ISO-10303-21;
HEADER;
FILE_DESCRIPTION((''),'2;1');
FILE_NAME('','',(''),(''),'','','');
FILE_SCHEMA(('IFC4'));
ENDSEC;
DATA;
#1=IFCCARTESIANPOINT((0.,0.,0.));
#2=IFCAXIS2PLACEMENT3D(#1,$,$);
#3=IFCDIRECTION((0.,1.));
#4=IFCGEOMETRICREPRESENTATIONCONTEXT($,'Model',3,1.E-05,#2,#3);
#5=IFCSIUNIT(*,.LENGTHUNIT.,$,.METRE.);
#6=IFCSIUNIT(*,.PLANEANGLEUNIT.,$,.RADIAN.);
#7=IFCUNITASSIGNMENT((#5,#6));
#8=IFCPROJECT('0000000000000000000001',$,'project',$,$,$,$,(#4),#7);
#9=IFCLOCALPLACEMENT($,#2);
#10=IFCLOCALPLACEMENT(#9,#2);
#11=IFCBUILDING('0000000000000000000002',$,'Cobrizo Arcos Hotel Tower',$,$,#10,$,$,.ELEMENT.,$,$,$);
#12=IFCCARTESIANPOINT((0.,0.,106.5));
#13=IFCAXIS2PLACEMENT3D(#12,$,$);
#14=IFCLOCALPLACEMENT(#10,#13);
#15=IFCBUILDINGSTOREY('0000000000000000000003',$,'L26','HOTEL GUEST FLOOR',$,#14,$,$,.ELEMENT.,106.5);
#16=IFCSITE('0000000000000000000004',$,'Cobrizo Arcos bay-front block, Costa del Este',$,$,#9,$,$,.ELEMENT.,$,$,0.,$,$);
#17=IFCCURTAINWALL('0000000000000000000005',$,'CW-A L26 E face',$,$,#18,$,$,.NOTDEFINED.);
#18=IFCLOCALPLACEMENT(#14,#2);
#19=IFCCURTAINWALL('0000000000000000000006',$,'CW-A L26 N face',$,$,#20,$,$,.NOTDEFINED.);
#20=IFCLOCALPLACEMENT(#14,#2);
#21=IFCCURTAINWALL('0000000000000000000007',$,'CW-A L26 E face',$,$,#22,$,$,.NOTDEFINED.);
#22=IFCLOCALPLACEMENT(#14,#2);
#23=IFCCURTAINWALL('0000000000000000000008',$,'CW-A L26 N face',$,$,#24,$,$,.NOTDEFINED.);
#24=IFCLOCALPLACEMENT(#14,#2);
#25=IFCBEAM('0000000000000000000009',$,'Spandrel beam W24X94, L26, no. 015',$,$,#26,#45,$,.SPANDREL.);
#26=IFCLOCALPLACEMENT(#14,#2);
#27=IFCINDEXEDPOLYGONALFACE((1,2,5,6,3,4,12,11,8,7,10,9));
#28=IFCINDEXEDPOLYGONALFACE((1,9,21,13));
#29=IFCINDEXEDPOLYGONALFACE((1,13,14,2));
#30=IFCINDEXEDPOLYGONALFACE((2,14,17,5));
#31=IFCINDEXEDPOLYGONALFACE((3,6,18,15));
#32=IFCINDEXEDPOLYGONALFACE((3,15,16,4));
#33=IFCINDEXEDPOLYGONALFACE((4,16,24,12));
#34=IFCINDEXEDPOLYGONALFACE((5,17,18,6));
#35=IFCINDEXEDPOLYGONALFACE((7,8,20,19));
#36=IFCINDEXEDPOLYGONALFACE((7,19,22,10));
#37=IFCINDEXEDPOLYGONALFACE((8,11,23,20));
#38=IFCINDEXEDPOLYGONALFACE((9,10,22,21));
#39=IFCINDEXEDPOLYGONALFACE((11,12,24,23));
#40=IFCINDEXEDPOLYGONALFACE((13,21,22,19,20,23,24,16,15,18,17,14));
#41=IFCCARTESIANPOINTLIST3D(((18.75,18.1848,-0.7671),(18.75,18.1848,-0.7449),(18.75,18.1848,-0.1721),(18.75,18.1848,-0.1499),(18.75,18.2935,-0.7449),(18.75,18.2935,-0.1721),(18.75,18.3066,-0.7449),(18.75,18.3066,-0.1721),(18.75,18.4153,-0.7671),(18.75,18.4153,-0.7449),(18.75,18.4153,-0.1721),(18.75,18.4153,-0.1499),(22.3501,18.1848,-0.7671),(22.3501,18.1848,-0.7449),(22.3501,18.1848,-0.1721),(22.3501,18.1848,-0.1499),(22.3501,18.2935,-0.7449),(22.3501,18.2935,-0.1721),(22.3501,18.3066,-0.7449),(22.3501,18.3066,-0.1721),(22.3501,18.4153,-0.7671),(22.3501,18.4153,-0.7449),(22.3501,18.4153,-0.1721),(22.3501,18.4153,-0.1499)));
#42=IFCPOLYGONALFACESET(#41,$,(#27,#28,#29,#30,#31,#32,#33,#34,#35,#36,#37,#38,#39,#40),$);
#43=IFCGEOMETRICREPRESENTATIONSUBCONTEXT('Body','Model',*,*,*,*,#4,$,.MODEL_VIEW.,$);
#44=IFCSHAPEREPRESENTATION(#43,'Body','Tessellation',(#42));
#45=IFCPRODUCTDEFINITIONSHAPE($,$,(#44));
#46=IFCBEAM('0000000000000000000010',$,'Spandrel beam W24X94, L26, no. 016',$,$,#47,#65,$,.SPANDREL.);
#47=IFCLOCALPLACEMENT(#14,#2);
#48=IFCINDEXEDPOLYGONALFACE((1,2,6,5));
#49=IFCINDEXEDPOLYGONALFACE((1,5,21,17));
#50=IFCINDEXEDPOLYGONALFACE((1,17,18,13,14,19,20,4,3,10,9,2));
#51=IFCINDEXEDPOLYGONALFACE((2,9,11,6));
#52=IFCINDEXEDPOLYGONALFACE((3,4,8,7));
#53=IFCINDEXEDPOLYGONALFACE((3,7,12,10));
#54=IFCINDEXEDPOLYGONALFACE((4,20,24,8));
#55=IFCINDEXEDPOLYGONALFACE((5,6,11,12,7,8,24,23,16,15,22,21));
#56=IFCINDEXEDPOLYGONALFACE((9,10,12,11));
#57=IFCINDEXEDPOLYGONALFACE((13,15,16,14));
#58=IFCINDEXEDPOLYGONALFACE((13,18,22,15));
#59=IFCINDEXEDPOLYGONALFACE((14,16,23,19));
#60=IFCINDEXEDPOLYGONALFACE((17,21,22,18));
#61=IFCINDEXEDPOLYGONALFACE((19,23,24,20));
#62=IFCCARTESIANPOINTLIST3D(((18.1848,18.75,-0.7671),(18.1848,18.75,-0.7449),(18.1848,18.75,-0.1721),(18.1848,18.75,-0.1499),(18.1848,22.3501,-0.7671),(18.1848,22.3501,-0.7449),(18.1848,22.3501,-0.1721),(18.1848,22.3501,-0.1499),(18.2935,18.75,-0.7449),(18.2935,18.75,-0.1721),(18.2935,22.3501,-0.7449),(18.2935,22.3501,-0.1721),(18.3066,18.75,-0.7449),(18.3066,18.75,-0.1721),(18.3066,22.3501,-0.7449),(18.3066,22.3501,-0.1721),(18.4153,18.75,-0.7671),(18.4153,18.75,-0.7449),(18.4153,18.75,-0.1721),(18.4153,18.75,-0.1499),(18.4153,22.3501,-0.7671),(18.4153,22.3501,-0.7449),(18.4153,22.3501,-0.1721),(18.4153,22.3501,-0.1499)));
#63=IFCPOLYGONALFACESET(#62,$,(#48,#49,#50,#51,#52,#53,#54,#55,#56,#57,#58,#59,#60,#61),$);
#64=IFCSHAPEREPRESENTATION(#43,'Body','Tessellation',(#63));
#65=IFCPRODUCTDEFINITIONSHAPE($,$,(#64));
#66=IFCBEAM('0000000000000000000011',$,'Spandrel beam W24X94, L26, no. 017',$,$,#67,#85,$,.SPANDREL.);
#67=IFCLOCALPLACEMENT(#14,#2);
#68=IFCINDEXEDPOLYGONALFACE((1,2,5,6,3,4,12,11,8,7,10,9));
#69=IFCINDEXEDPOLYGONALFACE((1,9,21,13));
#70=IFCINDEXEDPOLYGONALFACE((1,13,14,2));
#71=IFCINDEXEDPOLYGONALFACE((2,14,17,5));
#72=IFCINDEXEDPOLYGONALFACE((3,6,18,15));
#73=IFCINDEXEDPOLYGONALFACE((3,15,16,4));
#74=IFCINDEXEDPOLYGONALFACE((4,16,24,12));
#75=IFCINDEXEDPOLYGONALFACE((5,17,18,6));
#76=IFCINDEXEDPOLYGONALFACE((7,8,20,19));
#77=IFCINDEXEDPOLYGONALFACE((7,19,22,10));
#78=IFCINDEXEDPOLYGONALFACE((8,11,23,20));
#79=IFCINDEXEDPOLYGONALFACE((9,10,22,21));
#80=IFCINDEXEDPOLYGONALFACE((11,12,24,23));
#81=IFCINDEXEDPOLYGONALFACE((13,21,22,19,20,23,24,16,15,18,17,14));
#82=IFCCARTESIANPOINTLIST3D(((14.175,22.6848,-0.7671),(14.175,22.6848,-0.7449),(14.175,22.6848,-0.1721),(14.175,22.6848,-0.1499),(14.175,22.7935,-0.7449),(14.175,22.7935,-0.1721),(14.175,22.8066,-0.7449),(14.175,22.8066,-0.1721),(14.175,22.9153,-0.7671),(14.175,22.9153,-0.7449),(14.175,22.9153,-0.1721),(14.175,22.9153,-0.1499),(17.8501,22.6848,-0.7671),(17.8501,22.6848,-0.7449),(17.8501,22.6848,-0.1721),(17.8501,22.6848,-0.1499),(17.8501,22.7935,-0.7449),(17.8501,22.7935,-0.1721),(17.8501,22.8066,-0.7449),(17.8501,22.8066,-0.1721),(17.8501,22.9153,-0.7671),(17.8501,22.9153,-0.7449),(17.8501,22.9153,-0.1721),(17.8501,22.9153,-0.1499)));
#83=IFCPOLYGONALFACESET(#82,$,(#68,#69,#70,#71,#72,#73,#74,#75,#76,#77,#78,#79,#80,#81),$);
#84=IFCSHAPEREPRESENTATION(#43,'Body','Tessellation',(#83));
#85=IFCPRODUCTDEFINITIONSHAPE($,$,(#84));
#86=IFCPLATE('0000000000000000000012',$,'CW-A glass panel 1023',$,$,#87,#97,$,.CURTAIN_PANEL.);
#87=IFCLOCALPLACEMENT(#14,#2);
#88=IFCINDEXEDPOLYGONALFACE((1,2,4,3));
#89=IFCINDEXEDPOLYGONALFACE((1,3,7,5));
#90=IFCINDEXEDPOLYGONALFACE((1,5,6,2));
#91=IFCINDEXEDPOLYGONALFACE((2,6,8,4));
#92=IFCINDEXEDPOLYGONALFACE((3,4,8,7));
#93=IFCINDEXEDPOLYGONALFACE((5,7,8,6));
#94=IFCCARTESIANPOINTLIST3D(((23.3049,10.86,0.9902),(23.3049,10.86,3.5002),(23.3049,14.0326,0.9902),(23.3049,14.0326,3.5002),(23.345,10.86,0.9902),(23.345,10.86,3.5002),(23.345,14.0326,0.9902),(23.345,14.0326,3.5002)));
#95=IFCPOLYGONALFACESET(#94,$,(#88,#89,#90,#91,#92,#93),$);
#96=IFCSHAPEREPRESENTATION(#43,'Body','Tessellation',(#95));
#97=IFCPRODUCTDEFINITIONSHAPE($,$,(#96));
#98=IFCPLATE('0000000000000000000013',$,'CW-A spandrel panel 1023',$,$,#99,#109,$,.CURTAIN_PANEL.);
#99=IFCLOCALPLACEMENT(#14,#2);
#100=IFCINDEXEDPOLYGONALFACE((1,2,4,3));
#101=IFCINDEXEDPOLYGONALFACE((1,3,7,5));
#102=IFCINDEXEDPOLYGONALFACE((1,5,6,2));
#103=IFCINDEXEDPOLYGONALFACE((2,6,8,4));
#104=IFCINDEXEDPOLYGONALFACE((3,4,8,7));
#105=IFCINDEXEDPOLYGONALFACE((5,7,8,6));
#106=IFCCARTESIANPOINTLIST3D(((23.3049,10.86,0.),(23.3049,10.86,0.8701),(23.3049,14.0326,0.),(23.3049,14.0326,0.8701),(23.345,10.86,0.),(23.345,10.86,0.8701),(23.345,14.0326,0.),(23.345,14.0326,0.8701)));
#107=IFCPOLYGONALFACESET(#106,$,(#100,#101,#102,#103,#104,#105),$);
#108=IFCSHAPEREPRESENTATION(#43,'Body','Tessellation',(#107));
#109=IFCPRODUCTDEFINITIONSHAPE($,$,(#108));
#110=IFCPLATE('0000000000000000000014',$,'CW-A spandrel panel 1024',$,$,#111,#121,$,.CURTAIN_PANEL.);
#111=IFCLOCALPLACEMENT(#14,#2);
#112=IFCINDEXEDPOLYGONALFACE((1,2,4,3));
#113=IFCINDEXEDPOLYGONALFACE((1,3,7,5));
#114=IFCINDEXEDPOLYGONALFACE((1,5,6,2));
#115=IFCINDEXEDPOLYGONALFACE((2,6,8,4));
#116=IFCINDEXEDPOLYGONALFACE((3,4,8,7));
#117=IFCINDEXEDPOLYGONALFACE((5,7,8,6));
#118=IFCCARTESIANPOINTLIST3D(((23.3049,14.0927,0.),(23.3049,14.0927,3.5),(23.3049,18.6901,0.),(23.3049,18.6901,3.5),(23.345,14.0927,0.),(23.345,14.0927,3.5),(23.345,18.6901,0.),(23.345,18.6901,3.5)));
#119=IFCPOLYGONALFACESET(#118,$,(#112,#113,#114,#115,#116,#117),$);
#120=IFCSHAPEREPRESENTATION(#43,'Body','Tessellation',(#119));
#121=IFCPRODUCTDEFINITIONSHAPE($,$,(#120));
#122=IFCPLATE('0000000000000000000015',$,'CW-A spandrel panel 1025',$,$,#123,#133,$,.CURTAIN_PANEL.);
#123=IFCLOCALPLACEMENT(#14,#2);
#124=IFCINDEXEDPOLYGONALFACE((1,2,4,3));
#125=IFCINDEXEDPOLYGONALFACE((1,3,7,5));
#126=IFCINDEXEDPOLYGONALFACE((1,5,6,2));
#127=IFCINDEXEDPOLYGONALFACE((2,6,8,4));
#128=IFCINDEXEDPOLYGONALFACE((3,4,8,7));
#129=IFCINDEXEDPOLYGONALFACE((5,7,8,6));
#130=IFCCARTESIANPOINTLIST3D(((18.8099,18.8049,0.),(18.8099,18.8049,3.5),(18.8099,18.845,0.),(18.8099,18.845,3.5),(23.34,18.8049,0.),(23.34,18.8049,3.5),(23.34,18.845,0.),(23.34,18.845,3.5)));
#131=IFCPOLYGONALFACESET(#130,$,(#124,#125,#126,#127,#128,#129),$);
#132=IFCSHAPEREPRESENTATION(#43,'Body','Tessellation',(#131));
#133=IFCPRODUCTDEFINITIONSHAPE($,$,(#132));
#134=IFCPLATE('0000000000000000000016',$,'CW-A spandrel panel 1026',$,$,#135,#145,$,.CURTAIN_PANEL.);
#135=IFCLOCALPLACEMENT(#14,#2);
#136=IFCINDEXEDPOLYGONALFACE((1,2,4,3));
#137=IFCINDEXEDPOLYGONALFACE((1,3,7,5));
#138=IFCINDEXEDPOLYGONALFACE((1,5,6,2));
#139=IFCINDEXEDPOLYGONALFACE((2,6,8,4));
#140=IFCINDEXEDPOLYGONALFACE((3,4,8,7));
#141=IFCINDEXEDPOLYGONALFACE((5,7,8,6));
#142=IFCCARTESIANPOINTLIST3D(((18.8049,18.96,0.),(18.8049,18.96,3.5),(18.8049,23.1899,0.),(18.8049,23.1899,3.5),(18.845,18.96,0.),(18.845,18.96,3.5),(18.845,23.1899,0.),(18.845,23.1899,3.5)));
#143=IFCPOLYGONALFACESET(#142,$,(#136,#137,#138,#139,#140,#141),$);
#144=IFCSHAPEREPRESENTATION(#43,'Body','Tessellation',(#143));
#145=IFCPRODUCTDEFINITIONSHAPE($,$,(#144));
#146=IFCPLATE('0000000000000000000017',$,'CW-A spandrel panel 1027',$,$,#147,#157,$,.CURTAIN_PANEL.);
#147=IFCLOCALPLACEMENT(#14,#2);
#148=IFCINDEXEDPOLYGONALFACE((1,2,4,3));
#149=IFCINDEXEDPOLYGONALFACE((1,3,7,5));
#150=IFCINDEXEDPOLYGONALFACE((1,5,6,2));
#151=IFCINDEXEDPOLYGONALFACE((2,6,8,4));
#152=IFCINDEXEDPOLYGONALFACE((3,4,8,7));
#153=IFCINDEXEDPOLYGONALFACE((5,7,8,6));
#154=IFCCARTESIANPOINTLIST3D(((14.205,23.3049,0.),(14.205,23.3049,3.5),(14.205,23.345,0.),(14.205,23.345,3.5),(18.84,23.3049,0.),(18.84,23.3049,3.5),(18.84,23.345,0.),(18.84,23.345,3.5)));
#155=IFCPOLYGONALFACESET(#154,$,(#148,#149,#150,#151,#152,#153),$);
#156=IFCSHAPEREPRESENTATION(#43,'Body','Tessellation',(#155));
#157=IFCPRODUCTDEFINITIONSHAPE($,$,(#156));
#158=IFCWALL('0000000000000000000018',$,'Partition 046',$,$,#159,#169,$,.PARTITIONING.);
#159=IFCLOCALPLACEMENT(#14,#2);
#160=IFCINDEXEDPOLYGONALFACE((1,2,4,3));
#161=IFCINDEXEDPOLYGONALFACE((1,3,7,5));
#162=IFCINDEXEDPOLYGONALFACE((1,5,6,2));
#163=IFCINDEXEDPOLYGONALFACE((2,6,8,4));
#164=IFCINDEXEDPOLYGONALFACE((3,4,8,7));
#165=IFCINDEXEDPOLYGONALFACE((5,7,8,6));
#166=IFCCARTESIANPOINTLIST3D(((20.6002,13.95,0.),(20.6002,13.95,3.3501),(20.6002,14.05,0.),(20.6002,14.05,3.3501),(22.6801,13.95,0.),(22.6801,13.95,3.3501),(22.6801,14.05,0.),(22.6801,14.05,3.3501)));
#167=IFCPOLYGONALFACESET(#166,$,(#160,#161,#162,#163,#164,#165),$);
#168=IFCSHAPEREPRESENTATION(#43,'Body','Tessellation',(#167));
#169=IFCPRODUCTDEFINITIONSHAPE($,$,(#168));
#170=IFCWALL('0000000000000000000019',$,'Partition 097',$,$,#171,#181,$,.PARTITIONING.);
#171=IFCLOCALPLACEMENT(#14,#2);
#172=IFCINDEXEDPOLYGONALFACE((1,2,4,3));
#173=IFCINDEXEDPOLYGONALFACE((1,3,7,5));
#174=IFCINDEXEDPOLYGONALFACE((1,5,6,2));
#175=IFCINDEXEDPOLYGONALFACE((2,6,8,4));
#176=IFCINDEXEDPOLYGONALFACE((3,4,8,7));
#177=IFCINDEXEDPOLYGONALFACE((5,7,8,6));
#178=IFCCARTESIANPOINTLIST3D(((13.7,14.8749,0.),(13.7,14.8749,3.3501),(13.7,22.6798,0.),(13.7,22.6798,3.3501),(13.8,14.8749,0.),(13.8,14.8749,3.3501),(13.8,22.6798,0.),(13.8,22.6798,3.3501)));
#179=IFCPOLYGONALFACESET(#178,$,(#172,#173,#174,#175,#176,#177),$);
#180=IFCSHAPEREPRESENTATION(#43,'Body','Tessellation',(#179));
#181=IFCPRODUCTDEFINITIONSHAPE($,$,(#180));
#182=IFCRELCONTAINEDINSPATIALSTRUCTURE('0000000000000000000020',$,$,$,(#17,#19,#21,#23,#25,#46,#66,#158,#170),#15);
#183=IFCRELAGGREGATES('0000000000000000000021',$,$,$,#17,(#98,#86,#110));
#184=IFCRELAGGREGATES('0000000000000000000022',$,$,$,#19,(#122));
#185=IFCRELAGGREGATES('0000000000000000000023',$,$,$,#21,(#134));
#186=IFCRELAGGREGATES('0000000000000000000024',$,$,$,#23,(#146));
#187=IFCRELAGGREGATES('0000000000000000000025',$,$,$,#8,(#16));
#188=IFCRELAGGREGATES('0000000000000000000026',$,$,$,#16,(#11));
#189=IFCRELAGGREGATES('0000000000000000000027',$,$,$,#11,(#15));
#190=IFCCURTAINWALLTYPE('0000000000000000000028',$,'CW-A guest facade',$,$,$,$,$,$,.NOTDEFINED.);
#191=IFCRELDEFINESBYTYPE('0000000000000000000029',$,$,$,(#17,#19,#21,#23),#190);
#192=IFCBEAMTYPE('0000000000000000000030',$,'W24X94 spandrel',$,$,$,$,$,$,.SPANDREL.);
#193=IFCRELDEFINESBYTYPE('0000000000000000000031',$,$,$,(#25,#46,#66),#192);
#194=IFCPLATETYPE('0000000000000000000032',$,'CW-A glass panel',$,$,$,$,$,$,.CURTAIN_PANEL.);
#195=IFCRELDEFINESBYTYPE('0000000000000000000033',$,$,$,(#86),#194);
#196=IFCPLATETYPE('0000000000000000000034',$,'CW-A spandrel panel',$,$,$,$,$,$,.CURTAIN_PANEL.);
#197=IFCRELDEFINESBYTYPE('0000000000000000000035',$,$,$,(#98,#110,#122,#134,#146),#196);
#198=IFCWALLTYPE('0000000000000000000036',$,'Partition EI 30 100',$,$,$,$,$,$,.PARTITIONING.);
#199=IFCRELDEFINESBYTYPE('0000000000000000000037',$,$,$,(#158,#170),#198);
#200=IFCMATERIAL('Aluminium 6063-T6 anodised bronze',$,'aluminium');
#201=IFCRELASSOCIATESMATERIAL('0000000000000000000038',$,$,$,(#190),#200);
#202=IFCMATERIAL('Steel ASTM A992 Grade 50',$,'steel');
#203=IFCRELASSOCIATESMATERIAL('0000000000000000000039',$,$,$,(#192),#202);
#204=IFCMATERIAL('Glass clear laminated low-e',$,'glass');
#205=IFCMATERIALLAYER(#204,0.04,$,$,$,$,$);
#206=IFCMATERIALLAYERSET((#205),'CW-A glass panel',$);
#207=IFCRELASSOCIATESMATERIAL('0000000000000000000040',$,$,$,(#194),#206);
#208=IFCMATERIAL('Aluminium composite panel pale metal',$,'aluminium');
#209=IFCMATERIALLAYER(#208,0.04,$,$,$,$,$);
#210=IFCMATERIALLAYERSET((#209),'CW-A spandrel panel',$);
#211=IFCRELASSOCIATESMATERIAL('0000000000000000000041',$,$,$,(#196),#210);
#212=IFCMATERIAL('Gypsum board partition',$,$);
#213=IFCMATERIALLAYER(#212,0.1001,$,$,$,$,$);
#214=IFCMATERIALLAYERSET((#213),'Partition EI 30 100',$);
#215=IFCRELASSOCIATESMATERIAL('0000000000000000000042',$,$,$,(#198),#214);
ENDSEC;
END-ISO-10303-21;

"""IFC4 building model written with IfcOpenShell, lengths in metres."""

from ifc_helpers import new_model, si_unit, direction, frame, frame_2d, origin, origin_2d, place, context, subcontext, project, spatial, rectangle, i_section, extrude, material, layer, layer_set, material_profile, profile_set, type_object, element, aggregate, save


model = new_model("IFC4")

# Units and contexts
model_context = context("Model", 3, precision=1e-05, world=origin(), true_north=direction((0.0, 1.0)))
body_context = subcontext(model_context, "Body", "Model", "MODEL_VIEW")
ifc_project = project(units=[si_unit("LENGTHUNIT", "METRE"), si_unit("PLANEANGLEUNIT", "RADIAN")], contexts=[model_context])

# Site, building, storey
site_placement = place(None, origin())
site = spatial("IfcSite", under=ifc_project, at=site_placement, Name="Cobrizo Arcos bay-front block, Costa del Este", CompositionType="ELEMENT", RefElevation=0.0)
building_placement = place(site_placement, origin())
building = spatial("IfcBuilding", under=site, at=building_placement, Name="Cobrizo Arcos Hotel Tower", CompositionType="ELEMENT")
storey_placement = place(building_placement, frame((0.0, 0.0, 106.5)))
storey = spatial("IfcBuildingStorey", under=building, at=storey_placement, Name="L26", Description="HOTEL GUEST FLOOR", CompositionType="ELEMENT", Elevation=106.5)

# Curtain walls
ifc_material_1 = material(Name="Aluminium 6063-T6 anodised bronze", Category="aluminium")
curtain_wall_type = type_object("IfcCurtainWallType", Name="CW-A guest facade", PredefinedType="NOTDEFINED", material=ifc_material_1)
curtain_wall_1_placement = place(storey_placement, origin())
curtain_wall_1 = element("IfcCurtainWall", 1, at=curtain_wall_1_placement, inside=storey, type_object=curtain_wall_type, Name="CW-A L26 E face", PredefinedType="NOTDEFINED")
curtain_wall_2_placement = place(storey_placement, origin())
curtain_wall_2 = element("IfcCurtainWall", 2, at=curtain_wall_2_placement, inside=storey, type_object=curtain_wall_type, Name="CW-A L26 N face", PredefinedType="NOTDEFINED")
curtain_wall_3_placement = place(storey_placement, origin())
curtain_wall_3 = element("IfcCurtainWall", 3, at=curtain_wall_3_placement, inside=storey, type_object=curtain_wall_type, Name="CW-A L26 E face", PredefinedType="NOTDEFINED")
curtain_wall_4_placement = place(storey_placement, origin())
curtain_wall_4 = element("IfcCurtainWall", 4, at=curtain_wall_4_placement, inside=storey, type_object=curtain_wall_type, Name="CW-A L26 N face", PredefinedType="NOTDEFINED")

# Beams
ifc_material_2 = material(Name="Steel ASTM A992 Grade 50", Category="steel")
ifc_material_profile_1 = material_profile(ifc_material_2, i_section(OverallWidth=0.2305, OverallDepth=0.6172, WebThickness=0.0132, FlangeThickness=0.0222, at=origin_2d()), Name="W24X94")
ifc_profile_set_1 = profile_set([ifc_material_profile_1], Name="Steel ASTM A992 Grade 50")
beam_type = type_object("IfcBeamType", Name="W24X94 spandrel", PredefinedType="SPANDREL", material=ifc_profile_set_1)
for number, where, z_axis, x_axis, name in (
    (5, (22.3501, 18.3, -0.4585), (-1.0, 0.0, 0.0), (0.0, -1.0, 0.0), "Spandrel beam W24X94, L26, no. 015"),
    (6, (18.3, 18.75, -0.4585), (0.0, 1.0, 0.0), (-1.0, 0.0, 0.0), "Spandrel beam W24X94, L26, no. 016"),
):
    element("IfcBeam", number, at=place(storey_placement, frame(where, z_axis=z_axis, x_axis=x_axis)), inside=storey, type_object=beam_type, Name=name, PredefinedType="SPANDREL", context=body_context, shape_type="SweptSolid", body=[
        extrude(i_section(OverallWidth=0.2305, OverallDepth=0.6172, WebThickness=0.0132, FlangeThickness=0.0222, at=origin_2d()), origin(), (0.0, 0.0, 1.0), 3.6001),
    ])
beam_1_placement = place(storey_placement, frame((17.8501, 22.8, -0.4585), z_axis=(-1.0, 0.0, 0.0), x_axis=(0.0, -1.0, 0.0)))
element("IfcBeam", 7, at=beam_1_placement, inside=storey, type_object=beam_type, Name="Spandrel beam W24X94, L26, no. 017", PredefinedType="SPANDREL", context=body_context, shape_type="SweptSolid", body=[
    extrude(i_section(OverallWidth=0.2305, OverallDepth=0.6172, WebThickness=0.0132, FlangeThickness=0.0222, at=origin_2d()), origin(), (0.0, 0.0, 1.0), 3.675),
])

# Plates
ifc_material_3 = material(Name="Glass clear laminated low-e", Category="glass")
ifc_layer_1 = layer(ifc_material_3, 0.04)
ifc_layer_set_1 = layer_set([ifc_layer_1], Name="CW-A glass panel")
plate_type_1 = type_object("IfcPlateType", Name="CW-A glass panel", PredefinedType="CURTAIN_PANEL", material=ifc_layer_set_1)
plate_1_placement = place(storey_placement, frame((23.325, 12.4463, 0.9902), z_axis=(0.0, 0.0, 1.0), x_axis=(0.0, 1.0, 0.0)))
plate_1 = element("IfcPlate", 8, at=plate_1_placement, type_object=plate_type_1, Name="CW-A glass panel 1023", PredefinedType="CURTAIN_PANEL", context=body_context, shape_type="SweptSolid", body=[
    extrude(rectangle(XDim=3.1726, YDim=0.04, at=origin_2d()), origin(), (0.0, 0.0, 1.0), 2.51),
])
ifc_material_4 = material(Name="Aluminium composite panel pale metal", Category="aluminium")
ifc_layer_2 = layer(ifc_material_4, 0.04)
ifc_layer_set_2 = layer_set([ifc_layer_2], Name="CW-A spandrel panel")
plate_type_2 = type_object("IfcPlateType", Name="CW-A spandrel panel", PredefinedType="CURTAIN_PANEL", material=ifc_layer_set_2)
plate_2_placement = place(storey_placement, frame((23.325, 12.4463, 0.0), z_axis=(0.0, 0.0, 1.0), x_axis=(0.0, 1.0, 0.0)))
plate_2 = element("IfcPlate", 9, at=plate_2_placement, type_object=plate_type_2, Name="CW-A spandrel panel 1023", PredefinedType="CURTAIN_PANEL", context=body_context, shape_type="SweptSolid", body=[
    extrude(rectangle(XDim=3.1726, YDim=0.04, at=origin_2d()), origin(), (0.0, 0.0, 1.0), 0.8701),
])
plate_3_placement = place(storey_placement, frame((23.325, 16.3914, 0.0), z_axis=(0.0, 0.0, 1.0), x_axis=(0.0, 1.0, 0.0)))
plate_3 = element("IfcPlate", 10, at=plate_3_placement, type_object=plate_type_2, Name="CW-A spandrel panel 1024", PredefinedType="CURTAIN_PANEL", context=body_context, shape_type="SweptSolid", body=[
    extrude(rectangle(XDim=4.5974, YDim=0.04, at=origin_2d()), origin(), (0.0, 0.0, 1.0), 3.5),
])
aggregate(curtain_wall_1, [plate_2, plate_1, plate_3])
plate_4_placement = place(storey_placement, frame((21.075, 18.825, 0.0), z_axis=(0.0, 0.0, 1.0), x_axis=(-1.0, 0.0, 0.0)))
plate_4 = element("IfcPlate", 11, at=plate_4_placement, type_object=plate_type_2, Name="CW-A spandrel panel 1025", PredefinedType="CURTAIN_PANEL", context=body_context, shape_type="SweptSolid", body=[
    extrude(rectangle(XDim=4.53, YDim=0.04, at=origin_2d()), origin(), (0.0, 0.0, 1.0), 3.5),
])
aggregate(curtain_wall_2, [plate_4])
plate_5_placement = place(storey_placement, frame((18.825, 21.075, 0.0), z_axis=(0.0, 0.0, 1.0), x_axis=(0.0, 1.0, 0.0)))
plate_5 = element("IfcPlate", 12, at=plate_5_placement, type_object=plate_type_2, Name="CW-A spandrel panel 1026", PredefinedType="CURTAIN_PANEL", context=body_context, shape_type="SweptSolid", body=[
    extrude(rectangle(XDim=4.23, YDim=0.04, at=origin_2d()), origin(), (0.0, 0.0, 1.0), 3.5),
])
aggregate(curtain_wall_3, [plate_5])
plate_6_placement = place(storey_placement, frame((16.5225, 23.325, 0.0), z_axis=(0.0, 0.0, 1.0), x_axis=(-1.0, 0.0, 0.0)))
plate_6 = element("IfcPlate", 13, at=plate_6_placement, type_object=plate_type_2, Name="CW-A spandrel panel 1027", PredefinedType="CURTAIN_PANEL", context=body_context, shape_type="SweptSolid", body=[
    extrude(rectangle(XDim=4.635, YDim=0.04, at=origin_2d()), origin(), (0.0, 0.0, 1.0), 3.5),
])
aggregate(curtain_wall_4, [plate_6])

# Walls
ifc_material_5 = material(Name="Gypsum board partition")
ifc_layer_3 = layer(ifc_material_5, 0.1001)
ifc_layer_set_3 = layer_set([ifc_layer_3], Name="Partition EI 30 100")
wall_type = type_object("IfcWallType", Name="Partition EI 30 100", PredefinedType="PARTITIONING", material=ifc_layer_set_3)
wall_1_placement = place(storey_placement, frame((20.6001, 14.0, 0.0), z_axis=(0.0, 0.0, 1.0), x_axis=(1.0, 0.0, 0.0)))
element("IfcWall", 14, at=wall_1_placement, inside=storey, type_object=wall_type, Name="Partition 046", PredefinedType="PARTITIONING", context=body_context, shape_type="SweptSolid", body=[
    extrude(rectangle(XDim=2.0798, YDim=0.1001, at=frame_2d((1.04, 0.0))), origin(), (0.0, 0.0, 1.0), 3.3501),
])
wall_2_placement = place(storey_placement, frame((13.75, 14.875, 0.0), z_axis=(0.0, 0.0, 1.0), x_axis=(0.0, 1.0, 0.0)))
element("IfcWall", 15, at=wall_2_placement, inside=storey, type_object=wall_type, Name="Partition 097", PredefinedType="PARTITIONING", context=body_context, shape_type="SweptSolid", body=[
    extrude(rectangle(XDim=7.8049, YDim=0.1001, at=frame_2d((3.9023, 0.0))), origin(), (0.0, 0.0, 1.0), 3.3501),
])

save(model, "model.ifc")
